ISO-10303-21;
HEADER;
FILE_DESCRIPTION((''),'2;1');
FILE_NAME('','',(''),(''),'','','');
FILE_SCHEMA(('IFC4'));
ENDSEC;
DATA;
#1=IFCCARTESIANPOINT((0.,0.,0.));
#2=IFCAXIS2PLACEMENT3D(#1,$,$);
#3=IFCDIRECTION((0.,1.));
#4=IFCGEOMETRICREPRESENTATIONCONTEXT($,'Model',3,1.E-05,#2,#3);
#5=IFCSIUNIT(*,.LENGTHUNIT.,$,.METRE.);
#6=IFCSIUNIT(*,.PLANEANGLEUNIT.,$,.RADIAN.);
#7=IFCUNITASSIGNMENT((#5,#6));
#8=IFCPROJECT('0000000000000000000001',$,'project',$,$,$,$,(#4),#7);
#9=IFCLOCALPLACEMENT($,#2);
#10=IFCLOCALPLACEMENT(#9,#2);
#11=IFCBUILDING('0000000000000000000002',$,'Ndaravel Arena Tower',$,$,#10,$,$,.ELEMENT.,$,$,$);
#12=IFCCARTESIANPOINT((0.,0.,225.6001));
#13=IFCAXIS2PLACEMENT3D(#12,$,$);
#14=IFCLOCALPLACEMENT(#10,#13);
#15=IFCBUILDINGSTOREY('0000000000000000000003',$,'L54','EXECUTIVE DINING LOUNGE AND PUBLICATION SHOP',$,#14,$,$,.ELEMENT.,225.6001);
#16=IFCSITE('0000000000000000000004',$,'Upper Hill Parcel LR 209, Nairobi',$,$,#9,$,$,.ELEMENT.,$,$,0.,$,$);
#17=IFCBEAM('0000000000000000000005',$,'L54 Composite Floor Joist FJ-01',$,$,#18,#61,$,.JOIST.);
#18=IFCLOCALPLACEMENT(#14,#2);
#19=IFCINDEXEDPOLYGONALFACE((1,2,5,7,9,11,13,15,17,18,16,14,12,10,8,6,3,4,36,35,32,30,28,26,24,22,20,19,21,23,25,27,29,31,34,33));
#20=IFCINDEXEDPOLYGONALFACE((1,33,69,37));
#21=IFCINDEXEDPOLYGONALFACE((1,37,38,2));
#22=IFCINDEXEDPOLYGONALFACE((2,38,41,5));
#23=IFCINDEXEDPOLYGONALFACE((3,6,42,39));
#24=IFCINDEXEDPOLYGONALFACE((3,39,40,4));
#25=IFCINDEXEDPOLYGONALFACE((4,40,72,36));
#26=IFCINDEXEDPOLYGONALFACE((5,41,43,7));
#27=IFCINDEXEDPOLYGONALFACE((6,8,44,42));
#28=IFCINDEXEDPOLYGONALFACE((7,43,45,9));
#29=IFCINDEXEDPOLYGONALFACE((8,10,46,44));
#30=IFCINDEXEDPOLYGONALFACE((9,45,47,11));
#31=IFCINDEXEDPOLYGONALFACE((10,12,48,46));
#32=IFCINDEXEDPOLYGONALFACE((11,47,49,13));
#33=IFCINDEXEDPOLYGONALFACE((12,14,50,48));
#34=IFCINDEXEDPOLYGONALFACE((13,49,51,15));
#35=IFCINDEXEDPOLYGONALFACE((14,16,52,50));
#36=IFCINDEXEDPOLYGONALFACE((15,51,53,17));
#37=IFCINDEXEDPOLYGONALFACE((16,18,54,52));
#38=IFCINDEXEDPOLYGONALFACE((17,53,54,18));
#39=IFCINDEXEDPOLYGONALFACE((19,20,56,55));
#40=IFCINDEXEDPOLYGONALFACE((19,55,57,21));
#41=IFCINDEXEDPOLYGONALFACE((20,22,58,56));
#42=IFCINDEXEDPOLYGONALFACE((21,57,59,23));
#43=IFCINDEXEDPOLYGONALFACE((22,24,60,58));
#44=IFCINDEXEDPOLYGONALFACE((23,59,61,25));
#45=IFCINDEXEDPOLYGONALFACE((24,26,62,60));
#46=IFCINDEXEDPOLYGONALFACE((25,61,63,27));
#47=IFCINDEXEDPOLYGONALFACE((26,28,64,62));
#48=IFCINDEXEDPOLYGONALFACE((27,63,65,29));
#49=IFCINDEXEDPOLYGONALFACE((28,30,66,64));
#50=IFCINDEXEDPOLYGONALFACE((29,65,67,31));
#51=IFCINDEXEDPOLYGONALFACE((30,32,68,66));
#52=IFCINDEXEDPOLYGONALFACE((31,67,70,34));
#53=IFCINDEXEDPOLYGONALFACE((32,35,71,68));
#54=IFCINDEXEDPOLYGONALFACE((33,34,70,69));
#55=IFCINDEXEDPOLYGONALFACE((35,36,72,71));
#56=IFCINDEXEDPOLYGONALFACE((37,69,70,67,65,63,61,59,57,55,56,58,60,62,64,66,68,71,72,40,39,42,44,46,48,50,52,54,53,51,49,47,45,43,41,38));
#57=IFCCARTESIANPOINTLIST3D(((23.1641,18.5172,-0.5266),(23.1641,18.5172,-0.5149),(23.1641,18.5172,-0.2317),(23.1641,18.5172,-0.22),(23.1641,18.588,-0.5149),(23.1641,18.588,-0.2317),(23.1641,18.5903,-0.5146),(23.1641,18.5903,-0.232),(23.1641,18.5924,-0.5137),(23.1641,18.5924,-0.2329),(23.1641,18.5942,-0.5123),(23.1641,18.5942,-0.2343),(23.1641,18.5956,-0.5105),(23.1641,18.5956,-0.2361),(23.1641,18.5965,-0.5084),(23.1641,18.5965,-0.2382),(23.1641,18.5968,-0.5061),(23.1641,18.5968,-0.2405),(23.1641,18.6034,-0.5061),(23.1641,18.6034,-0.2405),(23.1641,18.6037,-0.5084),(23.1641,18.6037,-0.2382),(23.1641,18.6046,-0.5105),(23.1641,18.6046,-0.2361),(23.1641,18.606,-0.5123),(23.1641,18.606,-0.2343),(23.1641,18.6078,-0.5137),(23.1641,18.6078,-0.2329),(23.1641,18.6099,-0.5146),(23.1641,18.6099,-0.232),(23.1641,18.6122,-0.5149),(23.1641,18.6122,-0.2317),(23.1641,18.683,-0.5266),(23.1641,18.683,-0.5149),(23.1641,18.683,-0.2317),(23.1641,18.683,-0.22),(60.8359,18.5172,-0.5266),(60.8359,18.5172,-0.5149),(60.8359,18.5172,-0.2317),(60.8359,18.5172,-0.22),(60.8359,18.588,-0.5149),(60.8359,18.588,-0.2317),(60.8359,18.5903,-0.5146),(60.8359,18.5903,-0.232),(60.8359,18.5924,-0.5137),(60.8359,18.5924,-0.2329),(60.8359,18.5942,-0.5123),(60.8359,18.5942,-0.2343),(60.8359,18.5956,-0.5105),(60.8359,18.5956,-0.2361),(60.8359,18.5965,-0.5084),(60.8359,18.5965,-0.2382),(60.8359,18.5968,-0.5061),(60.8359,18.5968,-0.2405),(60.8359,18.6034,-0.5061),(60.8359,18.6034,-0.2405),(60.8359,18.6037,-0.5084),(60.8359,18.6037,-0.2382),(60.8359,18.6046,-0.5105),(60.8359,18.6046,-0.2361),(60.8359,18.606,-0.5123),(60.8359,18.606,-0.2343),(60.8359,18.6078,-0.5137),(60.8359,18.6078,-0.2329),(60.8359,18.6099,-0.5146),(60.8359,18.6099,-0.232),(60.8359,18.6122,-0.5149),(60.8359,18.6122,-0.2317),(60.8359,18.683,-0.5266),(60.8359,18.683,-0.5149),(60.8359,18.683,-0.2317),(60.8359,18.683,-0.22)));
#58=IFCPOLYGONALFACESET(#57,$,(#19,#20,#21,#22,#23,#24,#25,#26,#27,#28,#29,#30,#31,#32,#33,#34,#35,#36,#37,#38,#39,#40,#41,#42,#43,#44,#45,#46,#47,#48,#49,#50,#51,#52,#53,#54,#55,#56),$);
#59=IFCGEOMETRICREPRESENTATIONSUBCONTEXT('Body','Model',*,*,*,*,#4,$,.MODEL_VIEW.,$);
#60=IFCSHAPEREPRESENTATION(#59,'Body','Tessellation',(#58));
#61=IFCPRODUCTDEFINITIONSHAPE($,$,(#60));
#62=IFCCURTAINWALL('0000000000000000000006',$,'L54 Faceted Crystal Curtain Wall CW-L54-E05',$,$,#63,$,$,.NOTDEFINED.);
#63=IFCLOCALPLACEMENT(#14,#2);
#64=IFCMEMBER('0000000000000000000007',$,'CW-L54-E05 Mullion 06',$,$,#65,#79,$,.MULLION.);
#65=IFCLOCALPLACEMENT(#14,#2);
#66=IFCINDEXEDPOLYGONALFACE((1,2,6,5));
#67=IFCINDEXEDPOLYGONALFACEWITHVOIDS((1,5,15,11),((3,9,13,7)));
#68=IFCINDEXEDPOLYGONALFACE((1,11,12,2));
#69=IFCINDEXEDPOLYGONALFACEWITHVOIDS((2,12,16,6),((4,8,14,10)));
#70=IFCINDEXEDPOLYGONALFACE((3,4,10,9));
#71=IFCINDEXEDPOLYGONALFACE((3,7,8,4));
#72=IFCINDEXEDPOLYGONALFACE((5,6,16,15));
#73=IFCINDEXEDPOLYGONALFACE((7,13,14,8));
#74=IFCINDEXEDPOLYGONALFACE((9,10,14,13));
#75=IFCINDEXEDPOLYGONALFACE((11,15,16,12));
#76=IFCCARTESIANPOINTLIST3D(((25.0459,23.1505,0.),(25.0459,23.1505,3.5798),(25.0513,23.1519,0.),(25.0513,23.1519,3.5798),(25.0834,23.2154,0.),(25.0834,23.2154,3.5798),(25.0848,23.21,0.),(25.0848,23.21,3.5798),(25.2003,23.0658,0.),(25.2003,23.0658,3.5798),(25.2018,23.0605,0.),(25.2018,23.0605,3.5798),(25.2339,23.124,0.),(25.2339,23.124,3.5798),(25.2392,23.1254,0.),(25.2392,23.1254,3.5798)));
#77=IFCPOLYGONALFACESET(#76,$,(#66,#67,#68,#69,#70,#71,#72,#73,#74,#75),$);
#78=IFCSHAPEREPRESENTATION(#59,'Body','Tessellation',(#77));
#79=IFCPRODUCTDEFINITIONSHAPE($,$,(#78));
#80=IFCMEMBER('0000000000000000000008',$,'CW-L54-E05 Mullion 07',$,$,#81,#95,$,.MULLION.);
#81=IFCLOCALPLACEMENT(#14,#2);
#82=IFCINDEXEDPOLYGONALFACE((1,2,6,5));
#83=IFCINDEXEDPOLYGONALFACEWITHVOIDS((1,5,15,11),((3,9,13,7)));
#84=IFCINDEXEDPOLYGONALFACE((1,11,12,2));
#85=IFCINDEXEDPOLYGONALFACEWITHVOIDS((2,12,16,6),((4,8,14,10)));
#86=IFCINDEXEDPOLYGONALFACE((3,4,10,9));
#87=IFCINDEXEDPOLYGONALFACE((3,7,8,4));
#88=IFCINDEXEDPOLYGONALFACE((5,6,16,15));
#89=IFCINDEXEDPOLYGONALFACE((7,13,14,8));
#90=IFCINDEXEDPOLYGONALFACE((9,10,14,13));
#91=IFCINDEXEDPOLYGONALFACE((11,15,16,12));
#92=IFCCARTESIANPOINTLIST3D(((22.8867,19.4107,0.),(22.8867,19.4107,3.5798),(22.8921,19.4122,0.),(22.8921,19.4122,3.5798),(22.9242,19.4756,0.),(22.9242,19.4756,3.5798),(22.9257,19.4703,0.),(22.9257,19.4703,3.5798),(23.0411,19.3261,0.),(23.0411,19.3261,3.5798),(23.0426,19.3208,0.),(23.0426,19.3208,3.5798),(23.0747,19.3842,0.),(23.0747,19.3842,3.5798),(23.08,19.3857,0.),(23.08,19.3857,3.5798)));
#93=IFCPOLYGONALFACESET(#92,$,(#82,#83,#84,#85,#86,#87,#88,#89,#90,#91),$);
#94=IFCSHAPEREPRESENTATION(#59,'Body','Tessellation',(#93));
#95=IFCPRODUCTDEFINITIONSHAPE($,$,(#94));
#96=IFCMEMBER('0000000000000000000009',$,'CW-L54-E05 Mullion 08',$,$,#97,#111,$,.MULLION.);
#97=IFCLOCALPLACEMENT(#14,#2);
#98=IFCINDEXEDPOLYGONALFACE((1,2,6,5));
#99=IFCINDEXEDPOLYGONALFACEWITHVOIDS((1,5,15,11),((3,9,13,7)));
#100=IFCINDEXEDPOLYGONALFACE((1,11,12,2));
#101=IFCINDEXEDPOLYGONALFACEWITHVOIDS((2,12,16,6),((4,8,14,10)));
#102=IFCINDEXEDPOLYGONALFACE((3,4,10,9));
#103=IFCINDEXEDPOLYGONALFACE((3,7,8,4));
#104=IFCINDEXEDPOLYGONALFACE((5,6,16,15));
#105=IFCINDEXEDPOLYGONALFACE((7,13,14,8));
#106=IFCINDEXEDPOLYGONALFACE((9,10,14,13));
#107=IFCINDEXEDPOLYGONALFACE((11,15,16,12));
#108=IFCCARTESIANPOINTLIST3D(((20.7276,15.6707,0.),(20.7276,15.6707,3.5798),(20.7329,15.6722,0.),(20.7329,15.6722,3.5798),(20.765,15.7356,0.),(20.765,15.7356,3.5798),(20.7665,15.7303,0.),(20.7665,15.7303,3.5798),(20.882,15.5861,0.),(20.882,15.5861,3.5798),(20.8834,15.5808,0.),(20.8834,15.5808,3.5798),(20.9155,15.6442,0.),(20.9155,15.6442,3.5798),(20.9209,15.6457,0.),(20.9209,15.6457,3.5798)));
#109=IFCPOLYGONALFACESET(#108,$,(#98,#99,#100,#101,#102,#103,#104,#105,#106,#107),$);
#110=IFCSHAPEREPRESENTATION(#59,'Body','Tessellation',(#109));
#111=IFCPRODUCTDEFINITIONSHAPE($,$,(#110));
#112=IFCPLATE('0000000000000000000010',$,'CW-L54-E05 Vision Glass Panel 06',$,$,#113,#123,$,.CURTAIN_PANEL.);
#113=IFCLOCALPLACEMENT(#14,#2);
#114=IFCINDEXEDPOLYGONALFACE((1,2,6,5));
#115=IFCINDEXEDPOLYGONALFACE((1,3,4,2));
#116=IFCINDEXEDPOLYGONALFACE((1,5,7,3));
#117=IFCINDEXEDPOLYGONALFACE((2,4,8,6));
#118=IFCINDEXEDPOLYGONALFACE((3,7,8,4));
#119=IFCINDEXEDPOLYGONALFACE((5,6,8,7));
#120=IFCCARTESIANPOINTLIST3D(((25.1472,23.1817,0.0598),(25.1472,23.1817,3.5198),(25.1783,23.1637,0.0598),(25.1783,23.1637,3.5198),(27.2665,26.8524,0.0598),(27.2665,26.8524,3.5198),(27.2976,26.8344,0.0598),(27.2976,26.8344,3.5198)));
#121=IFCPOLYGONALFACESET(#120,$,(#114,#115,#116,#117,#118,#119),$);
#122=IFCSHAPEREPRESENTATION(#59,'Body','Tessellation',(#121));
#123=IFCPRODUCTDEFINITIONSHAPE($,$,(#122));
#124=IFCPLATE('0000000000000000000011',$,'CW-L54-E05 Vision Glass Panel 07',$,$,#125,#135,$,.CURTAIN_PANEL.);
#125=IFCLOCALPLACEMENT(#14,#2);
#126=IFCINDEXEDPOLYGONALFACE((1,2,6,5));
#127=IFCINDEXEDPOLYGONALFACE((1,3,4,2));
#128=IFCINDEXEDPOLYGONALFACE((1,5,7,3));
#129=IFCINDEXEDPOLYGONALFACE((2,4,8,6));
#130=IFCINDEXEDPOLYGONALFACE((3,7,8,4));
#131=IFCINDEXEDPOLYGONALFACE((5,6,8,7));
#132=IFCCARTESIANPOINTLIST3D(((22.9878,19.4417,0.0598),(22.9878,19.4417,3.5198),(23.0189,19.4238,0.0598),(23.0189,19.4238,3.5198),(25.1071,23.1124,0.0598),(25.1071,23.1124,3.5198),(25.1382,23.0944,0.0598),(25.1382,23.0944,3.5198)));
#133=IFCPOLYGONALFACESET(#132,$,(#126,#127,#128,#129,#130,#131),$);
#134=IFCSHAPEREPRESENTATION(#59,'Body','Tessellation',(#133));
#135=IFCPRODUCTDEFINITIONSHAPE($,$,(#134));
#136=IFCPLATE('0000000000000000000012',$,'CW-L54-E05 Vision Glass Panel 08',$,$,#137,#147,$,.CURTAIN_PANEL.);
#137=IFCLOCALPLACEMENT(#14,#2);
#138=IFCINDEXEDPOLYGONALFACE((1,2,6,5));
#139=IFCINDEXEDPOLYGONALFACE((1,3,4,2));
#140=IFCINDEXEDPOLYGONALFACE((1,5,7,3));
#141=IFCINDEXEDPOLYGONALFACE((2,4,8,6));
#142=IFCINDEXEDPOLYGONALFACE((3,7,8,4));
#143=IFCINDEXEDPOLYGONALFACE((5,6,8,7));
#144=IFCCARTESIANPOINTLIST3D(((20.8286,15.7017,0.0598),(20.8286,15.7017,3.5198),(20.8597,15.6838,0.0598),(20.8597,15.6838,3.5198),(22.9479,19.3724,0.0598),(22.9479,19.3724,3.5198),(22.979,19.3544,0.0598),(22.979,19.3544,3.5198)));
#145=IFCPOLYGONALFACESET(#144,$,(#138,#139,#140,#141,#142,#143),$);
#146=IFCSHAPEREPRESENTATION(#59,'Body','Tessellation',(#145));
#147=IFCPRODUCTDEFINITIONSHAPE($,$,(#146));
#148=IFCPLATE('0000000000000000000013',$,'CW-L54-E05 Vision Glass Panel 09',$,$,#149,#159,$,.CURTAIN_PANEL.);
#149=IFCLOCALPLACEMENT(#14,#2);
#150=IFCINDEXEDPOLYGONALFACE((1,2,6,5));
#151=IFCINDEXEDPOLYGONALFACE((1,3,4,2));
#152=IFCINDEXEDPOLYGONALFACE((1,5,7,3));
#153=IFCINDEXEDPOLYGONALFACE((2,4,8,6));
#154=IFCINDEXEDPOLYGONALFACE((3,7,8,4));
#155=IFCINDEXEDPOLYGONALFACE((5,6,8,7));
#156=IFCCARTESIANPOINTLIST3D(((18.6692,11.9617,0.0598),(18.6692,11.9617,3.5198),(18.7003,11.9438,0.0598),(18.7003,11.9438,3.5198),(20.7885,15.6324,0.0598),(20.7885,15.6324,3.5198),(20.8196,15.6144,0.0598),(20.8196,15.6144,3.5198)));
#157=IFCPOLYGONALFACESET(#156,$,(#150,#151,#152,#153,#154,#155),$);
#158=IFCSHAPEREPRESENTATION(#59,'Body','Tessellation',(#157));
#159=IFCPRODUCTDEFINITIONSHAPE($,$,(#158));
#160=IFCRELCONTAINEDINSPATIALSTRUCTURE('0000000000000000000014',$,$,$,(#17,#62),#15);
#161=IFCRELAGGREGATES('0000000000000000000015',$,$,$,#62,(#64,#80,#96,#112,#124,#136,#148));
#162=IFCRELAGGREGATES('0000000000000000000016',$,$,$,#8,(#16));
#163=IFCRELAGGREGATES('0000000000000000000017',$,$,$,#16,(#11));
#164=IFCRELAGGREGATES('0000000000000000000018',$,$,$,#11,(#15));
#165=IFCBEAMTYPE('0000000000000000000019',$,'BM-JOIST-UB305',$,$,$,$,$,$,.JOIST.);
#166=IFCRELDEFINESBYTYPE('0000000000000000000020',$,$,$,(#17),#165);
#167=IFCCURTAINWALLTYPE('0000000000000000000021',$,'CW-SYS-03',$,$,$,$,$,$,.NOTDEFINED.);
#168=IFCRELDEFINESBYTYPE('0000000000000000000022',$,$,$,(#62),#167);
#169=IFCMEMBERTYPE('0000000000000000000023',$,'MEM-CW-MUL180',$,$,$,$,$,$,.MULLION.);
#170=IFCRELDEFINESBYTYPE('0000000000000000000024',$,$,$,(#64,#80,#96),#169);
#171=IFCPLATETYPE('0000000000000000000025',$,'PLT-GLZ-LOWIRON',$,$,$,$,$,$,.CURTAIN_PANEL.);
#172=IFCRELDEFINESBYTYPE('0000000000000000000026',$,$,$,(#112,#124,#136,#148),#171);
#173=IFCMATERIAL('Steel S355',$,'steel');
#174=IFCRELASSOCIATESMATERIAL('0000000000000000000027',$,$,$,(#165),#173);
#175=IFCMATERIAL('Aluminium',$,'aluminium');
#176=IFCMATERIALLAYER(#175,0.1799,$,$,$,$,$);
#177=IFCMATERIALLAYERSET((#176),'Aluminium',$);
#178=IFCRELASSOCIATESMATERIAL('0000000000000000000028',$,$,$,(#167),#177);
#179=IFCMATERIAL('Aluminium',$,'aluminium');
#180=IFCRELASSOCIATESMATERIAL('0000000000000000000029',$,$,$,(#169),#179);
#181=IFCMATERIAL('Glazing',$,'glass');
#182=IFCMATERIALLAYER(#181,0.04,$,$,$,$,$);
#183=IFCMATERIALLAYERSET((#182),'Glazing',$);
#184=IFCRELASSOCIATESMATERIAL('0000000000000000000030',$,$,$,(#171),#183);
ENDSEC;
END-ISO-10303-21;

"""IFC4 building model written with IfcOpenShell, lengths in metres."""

from ifc_helpers import new_model, si_unit, direction, frame, origin, origin_2d, place, context, subcontext, project, spatial, rectangle, hollow_rectangle, i_section, extrude, material, layer, layer_set, material_profile, profile_set, type_object, element, aggregate, save


model = new_model("IFC4")

# Units and contexts
model_context = context("Model", 3, precision=1e-05, world=origin(), true_north=direction((0.0, 1.0)))
body_context = subcontext(model_context, "Body", "Model", "MODEL_VIEW")
ifc_project = project(units=[si_unit("LENGTHUNIT", "METRE"), si_unit("PLANEANGLEUNIT", "RADIAN")], contexts=[model_context])

# Site, building, storey
site_placement = place(None, origin())
site = spatial("IfcSite", under=ifc_project, at=site_placement, Name="Upper Hill Parcel LR 209, Nairobi", CompositionType="ELEMENT", RefElevation=0.0)
building_placement = place(site_placement, origin())
building = spatial("IfcBuilding", under=site, at=building_placement, Name="Ndaravel Arena Tower", CompositionType="ELEMENT")
storey_placement = place(building_placement, frame((0.0, 0.0, 225.6001)))
storey = spatial("IfcBuildingStorey", under=building, at=storey_placement, Name="L54", Description="EXECUTIVE DINING LOUNGE AND PUBLICATION SHOP", CompositionType="ELEMENT", Elevation=225.6001)

# Beam
ifc_material_1 = material(Name="Steel S355", Category="steel")
ifc_material_profile_1 = material_profile(ifc_material_1, i_section(OverallWidth=0.1658, OverallDepth=0.3066, WebThickness=0.0066, FlangeThickness=0.0117, FilletRadius=0.0088, at=origin_2d()), Name="UB 305x165x46")
ifc_profile_set_1 = profile_set([ifc_material_profile_1], Name="Steel S355")
beam_type = type_object("IfcBeamType", Name="BM-JOIST-UB305", PredefinedType="JOIST", material=ifc_profile_set_1)
beam_placement = place(storey_placement, frame((23.1641, 18.6001, -0.3733), z_axis=(1.0, 0.0, 0.0), x_axis=(0.0, 1.0, 0.0)))
element("IfcBeam", 1, at=beam_placement, inside=storey, type_object=beam_type, Name="L54 Composite Floor Joist FJ-01", PredefinedType="JOIST", context=body_context, shape_type="SweptSolid", body=[
    extrude(i_section(OverallWidth=0.1658, OverallDepth=0.3066, WebThickness=0.0066, FlangeThickness=0.0117, FilletRadius=0.0088, at=origin_2d()), origin(), (0.0, 0.0, 1.0), 37.6719),
])

# Curtain wall, members, plates
ifc_material_2 = material(Name="Aluminium", Category="aluminium")
ifc_layer_1 = layer(ifc_material_2, 0.1799)
ifc_layer_set_1 = layer_set([ifc_layer_1], Name="Aluminium")
curtain_wall_type = type_object("IfcCurtainWallType", Name="CW-SYS-03", PredefinedType="NOTDEFINED", material=ifc_layer_set_1)
curtain_wall_placement = place(storey_placement, origin())
curtain_wall = element("IfcCurtainWall", 2, at=curtain_wall_placement, inside=storey, type_object=curtain_wall_type, Name="L54 Faceted Crystal Curtain Wall CW-L54-E05", PredefinedType="NOTDEFINED")
ifc_material_3 = material(Name="Aluminium", Category="aluminium")
ifc_material_profile_2 = material_profile(ifc_material_3, hollow_rectangle(XDim=0.075, YDim=0.1799, WallThickness=0.0039, at=origin_2d()), Name="CW MULLION 75x180x4")
ifc_profile_set_2 = profile_set([ifc_material_profile_2], Name="Aluminium")
member_type = type_object("IfcMemberType", Name="MEM-CW-MUL180", PredefinedType="MULLION", material=ifc_profile_set_2)
member_1_placement = place(storey_placement, frame((25.1426, 23.1379, 0.0), z_axis=(0.0, 0.0, 1.0), x_axis=(-0.5, -0.866025, 0.0)))
member_1 = element("IfcMember", 3, at=member_1_placement, type_object=member_type, Name="CW-L54-E05 Mullion 06", PredefinedType="MULLION", context=body_context, shape_type="SweptSolid", body=[
    extrude(hollow_rectangle(XDim=0.075, YDim=0.1799, WallThickness=0.0039, at=origin_2d()), origin(), (0.0, 0.0, 1.0), 3.5798),
])
member_2_placement = place(storey_placement, frame((22.9834, 19.3982, 0.0), z_axis=(0.0, 0.0, 1.0), x_axis=(-0.5, -0.866025, 0.0)))
member_2 = element("IfcMember", 4, at=member_2_placement, type_object=member_type, Name="CW-L54-E05 Mullion 07", PredefinedType="MULLION", context=body_context, shape_type="SweptSolid", body=[
    extrude(hollow_rectangle(XDim=0.075, YDim=0.1799, WallThickness=0.0039, at=origin_2d()), origin(), (0.0, 0.0, 1.0), 3.5798),
])
member_3_placement = place(storey_placement, frame((20.8242, 15.6582, 0.0), z_axis=(0.0, 0.0, 1.0), x_axis=(-0.5, -0.866025, 0.0)))
member_3 = element("IfcMember", 5, at=member_3_placement, type_object=member_type, Name="CW-L54-E05 Mullion 08", PredefinedType="MULLION", context=body_context, shape_type="SweptSolid", body=[
    extrude(hollow_rectangle(XDim=0.075, YDim=0.1799, WallThickness=0.0039, at=origin_2d()), origin(), (0.0, 0.0, 1.0), 3.5798),
])
ifc_material_4 = material(Name="Glazing", Category="glass")
ifc_layer_2 = layer(ifc_material_4, 0.04)
ifc_layer_set_2 = layer_set([ifc_layer_2], Name="Glazing")
plate_type = type_object("IfcPlateType", Name="PLT-GLZ-LOWIRON", PredefinedType="CURTAIN_PANEL", material=ifc_layer_set_2)
plate_1_placement = place(storey_placement, frame((26.2224, 25.0081, 0.0598), z_axis=(0.0, 0.0, 1.0), x_axis=(-0.5, -0.866025, 0.0)))
plate_1 = element("IfcPlate", 6, at=plate_1_placement, type_object=plate_type, Name="CW-L54-E05 Vision Glass Panel 06", PredefinedType="CURTAIN_PANEL", context=body_context, shape_type="SweptSolid", body=[
    extrude(rectangle(XDim=4.2385, YDim=0.0359, at=origin_2d()), origin(), (0.0, 0.0, 1.0), 3.46),
])
plate_2_placement = place(storey_placement, frame((24.063, 21.2681, 0.0598), z_axis=(0.0, 0.0, 1.0), x_axis=(-0.5, -0.866025, 0.0)))
plate_2 = element("IfcPlate", 7, at=plate_2_placement, type_object=plate_type, Name="CW-L54-E05 Vision Glass Panel 07", PredefinedType="CURTAIN_PANEL", context=body_context, shape_type="SweptSolid", body=[
    extrude(rectangle(XDim=4.2385, YDim=0.0359, at=origin_2d()), origin(), (0.0, 0.0, 1.0), 3.46),
])
plate_3_placement = place(storey_placement, frame((21.9038, 17.5281, 0.0598), z_axis=(0.0, 0.0, 1.0), x_axis=(-0.5, -0.866025, 0.0)))
plate_3 = element("IfcPlate", 8, at=plate_3_placement, type_object=plate_type, Name="CW-L54-E05 Vision Glass Panel 08", PredefinedType="CURTAIN_PANEL", context=body_context, shape_type="SweptSolid", body=[
    extrude(rectangle(XDim=4.2385, YDim=0.0359, at=origin_2d()), origin(), (0.0, 0.0, 1.0), 3.46),
])
plate_4_placement = place(storey_placement, frame((19.7444, 13.7881, 0.0598), z_axis=(0.0, 0.0, 1.0), x_axis=(-0.5, -0.866025, 0.0)))
plate_4 = element("IfcPlate", 9, at=plate_4_placement, type_object=plate_type, Name="CW-L54-E05 Vision Glass Panel 09", PredefinedType="CURTAIN_PANEL", context=body_context, shape_type="SweptSolid", body=[
    extrude(rectangle(XDim=4.2385, YDim=0.0359, at=origin_2d()), origin(), (0.0, 0.0, 1.0), 3.46),
])
aggregate(curtain_wall, [member_1, member_2, member_3, plate_1, plate_2, plate_3, plate_4])

save(model, "model.ifc")
